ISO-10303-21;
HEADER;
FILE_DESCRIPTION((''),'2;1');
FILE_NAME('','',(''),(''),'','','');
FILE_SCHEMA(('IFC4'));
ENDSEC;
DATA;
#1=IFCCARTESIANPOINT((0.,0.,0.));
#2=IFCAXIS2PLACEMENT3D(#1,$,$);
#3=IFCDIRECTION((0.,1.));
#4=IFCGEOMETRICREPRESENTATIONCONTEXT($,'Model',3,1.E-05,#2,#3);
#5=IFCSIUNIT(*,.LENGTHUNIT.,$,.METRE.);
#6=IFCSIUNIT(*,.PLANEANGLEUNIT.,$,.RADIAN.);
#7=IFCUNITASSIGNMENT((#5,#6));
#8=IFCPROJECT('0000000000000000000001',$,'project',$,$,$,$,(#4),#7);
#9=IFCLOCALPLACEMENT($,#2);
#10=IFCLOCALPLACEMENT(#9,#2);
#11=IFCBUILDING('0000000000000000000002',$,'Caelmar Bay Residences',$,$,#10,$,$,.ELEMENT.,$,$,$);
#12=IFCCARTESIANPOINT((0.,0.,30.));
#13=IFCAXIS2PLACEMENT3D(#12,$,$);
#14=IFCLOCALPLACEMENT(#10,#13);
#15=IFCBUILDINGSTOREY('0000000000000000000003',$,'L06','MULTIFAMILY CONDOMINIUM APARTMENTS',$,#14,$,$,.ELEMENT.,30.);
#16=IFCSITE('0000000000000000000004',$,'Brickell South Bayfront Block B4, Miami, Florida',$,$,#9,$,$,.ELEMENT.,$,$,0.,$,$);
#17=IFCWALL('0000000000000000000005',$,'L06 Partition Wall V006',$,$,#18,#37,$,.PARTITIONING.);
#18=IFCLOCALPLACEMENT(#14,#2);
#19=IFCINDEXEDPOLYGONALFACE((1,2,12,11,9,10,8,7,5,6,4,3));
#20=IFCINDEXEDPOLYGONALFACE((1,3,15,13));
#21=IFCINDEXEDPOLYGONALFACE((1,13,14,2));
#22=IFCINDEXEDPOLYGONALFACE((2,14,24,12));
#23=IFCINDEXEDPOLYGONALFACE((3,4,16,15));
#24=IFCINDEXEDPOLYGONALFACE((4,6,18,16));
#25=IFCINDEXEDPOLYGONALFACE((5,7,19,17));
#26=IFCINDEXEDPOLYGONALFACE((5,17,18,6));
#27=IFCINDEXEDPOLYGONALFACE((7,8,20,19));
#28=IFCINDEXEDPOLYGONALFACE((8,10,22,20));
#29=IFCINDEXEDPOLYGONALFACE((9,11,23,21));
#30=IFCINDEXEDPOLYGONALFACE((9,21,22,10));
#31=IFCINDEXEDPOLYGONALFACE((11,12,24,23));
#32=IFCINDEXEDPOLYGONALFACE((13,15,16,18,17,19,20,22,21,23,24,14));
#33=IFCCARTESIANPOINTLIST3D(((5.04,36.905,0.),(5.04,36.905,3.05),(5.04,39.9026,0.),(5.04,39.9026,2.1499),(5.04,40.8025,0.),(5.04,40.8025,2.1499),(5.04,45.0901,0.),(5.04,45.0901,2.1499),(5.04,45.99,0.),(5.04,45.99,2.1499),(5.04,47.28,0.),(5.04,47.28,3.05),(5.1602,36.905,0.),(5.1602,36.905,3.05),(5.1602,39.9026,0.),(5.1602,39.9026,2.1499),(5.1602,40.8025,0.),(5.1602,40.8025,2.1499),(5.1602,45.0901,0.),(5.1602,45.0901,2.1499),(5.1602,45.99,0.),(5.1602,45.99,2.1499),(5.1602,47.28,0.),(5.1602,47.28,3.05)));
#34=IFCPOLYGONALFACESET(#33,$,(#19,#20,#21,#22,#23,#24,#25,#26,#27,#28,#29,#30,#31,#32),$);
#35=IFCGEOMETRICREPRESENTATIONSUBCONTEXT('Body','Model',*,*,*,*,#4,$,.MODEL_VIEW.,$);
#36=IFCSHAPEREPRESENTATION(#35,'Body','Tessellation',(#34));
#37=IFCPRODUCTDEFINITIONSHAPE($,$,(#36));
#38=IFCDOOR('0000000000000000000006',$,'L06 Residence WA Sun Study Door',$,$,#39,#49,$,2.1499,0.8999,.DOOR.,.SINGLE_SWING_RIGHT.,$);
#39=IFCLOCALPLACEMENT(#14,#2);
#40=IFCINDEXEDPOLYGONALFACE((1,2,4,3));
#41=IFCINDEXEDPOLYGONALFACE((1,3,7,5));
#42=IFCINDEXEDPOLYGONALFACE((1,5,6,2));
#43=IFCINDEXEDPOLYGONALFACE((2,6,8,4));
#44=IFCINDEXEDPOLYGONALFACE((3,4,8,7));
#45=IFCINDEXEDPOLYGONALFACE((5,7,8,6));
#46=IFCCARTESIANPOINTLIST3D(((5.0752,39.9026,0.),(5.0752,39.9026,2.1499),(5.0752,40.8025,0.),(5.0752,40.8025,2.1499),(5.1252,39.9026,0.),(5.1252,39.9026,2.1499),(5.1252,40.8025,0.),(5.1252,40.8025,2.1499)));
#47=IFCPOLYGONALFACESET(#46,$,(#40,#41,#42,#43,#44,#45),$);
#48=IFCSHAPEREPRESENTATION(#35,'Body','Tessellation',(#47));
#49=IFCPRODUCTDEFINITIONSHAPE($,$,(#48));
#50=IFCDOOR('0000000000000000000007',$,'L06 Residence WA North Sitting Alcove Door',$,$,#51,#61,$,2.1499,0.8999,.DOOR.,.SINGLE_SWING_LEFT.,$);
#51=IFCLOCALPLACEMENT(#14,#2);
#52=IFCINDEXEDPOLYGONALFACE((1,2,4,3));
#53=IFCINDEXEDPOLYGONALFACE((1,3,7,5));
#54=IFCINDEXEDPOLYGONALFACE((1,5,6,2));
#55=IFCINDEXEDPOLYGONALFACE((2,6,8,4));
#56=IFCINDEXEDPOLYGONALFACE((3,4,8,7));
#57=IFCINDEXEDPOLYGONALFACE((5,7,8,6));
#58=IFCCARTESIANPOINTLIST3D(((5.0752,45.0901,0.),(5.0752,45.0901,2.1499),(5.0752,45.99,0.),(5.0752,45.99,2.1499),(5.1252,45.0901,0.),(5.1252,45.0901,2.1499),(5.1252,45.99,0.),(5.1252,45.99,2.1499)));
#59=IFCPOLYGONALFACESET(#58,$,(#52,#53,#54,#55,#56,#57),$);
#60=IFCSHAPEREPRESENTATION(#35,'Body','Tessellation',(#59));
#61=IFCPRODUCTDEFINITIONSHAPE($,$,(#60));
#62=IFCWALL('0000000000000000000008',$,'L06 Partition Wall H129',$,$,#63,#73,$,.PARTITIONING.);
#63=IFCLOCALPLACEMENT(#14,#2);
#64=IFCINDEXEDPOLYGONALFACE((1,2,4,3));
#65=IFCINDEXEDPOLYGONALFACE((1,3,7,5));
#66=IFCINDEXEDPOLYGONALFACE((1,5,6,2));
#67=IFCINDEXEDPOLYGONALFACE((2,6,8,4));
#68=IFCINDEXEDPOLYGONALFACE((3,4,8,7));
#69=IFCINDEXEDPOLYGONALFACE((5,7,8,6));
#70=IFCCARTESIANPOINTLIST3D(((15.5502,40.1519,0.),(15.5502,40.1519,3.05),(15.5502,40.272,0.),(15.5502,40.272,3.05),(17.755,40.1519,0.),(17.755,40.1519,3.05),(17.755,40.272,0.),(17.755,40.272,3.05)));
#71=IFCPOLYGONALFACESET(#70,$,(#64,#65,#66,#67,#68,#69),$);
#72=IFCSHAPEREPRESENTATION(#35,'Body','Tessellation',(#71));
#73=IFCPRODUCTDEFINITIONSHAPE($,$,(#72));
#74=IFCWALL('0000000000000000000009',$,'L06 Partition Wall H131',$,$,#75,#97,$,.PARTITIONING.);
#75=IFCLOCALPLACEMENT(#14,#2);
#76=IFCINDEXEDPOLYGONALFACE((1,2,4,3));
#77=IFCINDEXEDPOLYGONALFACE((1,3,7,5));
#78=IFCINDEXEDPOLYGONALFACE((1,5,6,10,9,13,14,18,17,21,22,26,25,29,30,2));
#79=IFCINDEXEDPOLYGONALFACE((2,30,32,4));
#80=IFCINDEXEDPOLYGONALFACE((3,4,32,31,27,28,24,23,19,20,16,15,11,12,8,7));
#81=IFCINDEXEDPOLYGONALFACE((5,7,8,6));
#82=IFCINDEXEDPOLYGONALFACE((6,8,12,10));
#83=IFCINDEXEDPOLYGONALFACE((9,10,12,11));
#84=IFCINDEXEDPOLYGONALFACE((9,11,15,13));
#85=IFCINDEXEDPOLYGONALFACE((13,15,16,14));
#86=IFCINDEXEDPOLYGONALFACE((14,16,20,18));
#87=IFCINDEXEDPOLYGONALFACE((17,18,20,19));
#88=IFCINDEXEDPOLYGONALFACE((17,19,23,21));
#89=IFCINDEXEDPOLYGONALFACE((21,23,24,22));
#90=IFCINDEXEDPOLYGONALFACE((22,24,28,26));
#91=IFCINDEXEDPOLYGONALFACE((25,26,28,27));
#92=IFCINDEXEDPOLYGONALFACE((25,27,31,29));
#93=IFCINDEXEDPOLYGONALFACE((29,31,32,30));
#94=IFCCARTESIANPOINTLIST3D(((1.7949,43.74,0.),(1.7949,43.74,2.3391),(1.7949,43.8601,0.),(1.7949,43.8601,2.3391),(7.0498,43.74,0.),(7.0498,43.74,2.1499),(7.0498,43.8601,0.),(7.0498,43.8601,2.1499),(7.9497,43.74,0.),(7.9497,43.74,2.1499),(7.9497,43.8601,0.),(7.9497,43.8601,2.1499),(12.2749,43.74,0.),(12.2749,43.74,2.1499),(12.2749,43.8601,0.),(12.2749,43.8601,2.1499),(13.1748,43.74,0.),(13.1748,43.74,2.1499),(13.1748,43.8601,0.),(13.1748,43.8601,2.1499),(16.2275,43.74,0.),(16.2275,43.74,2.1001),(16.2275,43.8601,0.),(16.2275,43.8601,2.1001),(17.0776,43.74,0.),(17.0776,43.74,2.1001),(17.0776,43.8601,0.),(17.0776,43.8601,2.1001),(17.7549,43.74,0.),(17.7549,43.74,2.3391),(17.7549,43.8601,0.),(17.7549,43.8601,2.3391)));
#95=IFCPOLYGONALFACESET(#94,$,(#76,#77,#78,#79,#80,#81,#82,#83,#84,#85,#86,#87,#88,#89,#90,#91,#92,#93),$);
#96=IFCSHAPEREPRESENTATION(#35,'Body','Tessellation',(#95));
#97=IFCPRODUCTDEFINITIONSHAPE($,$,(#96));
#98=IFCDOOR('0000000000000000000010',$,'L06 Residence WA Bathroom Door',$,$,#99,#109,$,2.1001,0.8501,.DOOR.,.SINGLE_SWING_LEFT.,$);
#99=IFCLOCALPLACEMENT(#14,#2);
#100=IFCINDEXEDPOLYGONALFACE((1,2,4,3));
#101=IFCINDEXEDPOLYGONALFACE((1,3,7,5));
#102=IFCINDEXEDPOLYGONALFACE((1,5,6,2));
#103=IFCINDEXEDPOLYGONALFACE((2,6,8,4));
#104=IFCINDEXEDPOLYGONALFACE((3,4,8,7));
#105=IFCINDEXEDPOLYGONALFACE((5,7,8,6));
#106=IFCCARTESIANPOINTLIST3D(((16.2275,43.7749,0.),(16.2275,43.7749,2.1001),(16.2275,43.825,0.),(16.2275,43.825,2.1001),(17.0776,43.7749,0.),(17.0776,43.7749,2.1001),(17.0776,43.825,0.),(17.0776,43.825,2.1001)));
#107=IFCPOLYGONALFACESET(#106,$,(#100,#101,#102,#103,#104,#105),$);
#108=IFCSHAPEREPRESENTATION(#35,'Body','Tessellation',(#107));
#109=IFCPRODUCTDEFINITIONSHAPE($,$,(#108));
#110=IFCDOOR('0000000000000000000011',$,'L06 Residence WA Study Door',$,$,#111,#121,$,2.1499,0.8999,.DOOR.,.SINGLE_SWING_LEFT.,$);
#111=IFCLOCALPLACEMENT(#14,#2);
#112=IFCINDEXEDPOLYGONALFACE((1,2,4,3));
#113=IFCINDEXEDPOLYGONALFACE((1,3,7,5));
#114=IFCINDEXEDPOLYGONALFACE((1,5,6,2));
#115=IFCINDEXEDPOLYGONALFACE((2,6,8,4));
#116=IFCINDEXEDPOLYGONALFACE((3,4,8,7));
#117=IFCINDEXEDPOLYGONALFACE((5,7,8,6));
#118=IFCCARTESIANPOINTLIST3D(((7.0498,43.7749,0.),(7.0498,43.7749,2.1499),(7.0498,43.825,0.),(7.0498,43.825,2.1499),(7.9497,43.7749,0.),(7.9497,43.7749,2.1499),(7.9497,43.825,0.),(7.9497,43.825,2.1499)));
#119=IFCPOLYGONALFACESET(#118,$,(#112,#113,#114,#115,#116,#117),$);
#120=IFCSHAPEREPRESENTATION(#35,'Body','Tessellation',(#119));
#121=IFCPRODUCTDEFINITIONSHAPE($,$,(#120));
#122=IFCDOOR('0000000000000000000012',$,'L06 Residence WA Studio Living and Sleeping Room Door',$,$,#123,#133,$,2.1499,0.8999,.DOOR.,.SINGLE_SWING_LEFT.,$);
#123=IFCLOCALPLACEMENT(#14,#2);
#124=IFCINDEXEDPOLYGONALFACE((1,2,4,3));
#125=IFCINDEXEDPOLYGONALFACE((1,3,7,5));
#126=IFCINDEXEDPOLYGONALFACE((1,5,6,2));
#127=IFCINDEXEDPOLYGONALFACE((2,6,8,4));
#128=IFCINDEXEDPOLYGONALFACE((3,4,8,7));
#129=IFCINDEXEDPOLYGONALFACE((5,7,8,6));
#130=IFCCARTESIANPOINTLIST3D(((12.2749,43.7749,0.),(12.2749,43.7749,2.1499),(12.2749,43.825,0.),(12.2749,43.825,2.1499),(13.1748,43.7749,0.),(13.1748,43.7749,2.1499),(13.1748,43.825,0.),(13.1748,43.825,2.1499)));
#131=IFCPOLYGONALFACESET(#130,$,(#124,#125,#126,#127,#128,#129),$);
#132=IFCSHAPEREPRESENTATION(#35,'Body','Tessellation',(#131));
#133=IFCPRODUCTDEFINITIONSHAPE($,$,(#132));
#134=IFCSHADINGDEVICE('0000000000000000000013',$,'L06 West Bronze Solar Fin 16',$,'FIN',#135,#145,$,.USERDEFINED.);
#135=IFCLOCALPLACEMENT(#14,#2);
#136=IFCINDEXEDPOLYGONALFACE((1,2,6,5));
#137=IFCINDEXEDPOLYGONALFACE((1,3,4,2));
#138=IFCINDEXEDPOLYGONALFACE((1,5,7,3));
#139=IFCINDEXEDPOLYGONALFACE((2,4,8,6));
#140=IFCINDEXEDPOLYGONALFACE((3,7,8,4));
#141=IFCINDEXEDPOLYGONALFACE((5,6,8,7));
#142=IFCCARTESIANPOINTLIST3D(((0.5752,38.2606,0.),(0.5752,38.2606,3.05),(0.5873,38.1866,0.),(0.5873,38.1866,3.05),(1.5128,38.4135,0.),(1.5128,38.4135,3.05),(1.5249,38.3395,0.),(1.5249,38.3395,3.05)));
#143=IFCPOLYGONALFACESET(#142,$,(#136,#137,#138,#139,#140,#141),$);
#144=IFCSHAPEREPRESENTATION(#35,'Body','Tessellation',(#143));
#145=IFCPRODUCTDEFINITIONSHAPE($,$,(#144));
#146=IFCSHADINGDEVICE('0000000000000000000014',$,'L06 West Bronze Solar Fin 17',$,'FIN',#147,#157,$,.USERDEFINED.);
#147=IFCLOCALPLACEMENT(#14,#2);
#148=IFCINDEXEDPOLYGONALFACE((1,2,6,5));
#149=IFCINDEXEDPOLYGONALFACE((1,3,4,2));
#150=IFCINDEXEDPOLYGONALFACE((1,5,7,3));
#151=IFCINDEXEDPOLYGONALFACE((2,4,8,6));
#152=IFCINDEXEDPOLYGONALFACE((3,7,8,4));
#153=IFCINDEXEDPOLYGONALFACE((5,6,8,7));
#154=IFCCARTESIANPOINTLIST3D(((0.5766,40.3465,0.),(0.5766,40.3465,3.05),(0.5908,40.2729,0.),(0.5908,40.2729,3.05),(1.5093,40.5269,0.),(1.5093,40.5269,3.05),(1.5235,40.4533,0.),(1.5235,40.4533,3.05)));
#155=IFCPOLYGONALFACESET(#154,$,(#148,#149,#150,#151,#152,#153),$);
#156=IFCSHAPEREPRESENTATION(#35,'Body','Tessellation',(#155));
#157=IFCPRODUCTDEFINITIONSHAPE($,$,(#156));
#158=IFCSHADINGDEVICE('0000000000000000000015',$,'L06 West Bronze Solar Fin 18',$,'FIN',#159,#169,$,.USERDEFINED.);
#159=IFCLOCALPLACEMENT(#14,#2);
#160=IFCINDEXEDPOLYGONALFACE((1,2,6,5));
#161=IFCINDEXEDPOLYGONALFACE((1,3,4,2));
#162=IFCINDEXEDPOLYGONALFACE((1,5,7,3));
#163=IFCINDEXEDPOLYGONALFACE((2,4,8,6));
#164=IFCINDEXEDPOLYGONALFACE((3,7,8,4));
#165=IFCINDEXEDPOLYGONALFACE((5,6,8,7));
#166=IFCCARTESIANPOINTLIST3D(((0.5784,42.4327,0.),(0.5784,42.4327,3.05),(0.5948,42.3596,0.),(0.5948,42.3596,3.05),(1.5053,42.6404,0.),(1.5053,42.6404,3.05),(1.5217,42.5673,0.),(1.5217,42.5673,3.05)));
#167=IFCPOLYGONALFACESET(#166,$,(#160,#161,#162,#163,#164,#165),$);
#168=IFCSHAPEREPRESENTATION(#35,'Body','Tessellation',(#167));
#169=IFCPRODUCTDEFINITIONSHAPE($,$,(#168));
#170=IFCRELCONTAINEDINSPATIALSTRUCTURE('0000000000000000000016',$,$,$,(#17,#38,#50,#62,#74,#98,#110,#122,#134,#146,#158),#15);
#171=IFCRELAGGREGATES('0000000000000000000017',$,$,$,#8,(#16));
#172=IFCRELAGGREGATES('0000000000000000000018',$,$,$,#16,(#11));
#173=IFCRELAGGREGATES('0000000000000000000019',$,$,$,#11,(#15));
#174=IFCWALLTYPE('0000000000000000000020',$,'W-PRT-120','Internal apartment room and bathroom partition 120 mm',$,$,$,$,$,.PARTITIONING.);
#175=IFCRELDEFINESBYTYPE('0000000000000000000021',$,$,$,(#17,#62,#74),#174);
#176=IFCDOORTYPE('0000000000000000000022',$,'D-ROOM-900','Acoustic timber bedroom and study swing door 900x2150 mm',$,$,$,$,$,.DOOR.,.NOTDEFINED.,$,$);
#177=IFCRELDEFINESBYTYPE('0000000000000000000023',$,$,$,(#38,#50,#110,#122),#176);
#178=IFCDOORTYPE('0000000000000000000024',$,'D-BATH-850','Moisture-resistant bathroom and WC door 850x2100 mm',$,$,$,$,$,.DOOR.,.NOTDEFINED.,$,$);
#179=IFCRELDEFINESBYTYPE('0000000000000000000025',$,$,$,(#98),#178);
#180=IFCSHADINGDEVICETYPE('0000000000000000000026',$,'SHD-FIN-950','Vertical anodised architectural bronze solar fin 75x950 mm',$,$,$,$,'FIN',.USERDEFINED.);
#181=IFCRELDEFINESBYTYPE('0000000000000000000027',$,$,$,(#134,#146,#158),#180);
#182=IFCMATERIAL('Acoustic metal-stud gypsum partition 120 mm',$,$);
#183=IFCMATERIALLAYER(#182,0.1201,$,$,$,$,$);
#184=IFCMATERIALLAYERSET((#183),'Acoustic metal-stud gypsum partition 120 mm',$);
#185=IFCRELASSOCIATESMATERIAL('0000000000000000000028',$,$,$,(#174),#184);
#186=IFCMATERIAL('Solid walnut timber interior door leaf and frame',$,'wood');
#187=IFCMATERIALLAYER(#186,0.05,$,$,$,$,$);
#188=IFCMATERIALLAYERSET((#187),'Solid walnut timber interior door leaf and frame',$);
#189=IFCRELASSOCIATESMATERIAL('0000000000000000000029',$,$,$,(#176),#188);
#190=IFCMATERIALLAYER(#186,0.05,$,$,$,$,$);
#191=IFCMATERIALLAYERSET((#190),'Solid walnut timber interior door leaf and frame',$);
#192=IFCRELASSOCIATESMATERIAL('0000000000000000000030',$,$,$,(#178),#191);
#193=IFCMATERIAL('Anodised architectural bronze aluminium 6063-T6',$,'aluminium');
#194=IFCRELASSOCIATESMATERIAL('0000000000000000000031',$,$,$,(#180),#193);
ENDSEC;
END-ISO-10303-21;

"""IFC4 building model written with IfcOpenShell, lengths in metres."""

from ifc_helpers import new_model, si_unit, direction, frame, frame_2d, origin, origin_2d, place, context, subcontext, project, spatial, rectangle, extrude, material, layer, layer_set, material_profile, profile_set, type_object, element, fill, save


model = new_model("IFC4")

# Units and contexts
model_context = context("Model", 3, precision=1e-05, world=origin(), true_north=direction((0.0, 1.0)))
body_context = subcontext(model_context, "Body", "Model", "MODEL_VIEW")
ifc_project = project(units=[si_unit("LENGTHUNIT", "METRE"), si_unit("PLANEANGLEUNIT", "RADIAN")], contexts=[model_context])

# Site, building, storey
site_placement = place(None, origin())
site = spatial("IfcSite", under=ifc_project, at=site_placement, Name="Brickell South Bayfront Block B4, Miami, Florida", CompositionType="ELEMENT", RefElevation=0.0)
building_placement = place(site_placement, origin())
building = spatial("IfcBuilding", under=site, at=building_placement, Name="Caelmar Bay Residences", CompositionType="ELEMENT")
storey_placement = place(building_placement, frame((0.0, 0.0, 30.0)))
storey = spatial("IfcBuildingStorey", under=building, at=storey_placement, Name="L06", Description="MULTIFAMILY CONDOMINIUM APARTMENTS", CompositionType="ELEMENT", Elevation=30.0)

# Wall, openings, doors
ifc_material_1 = material(Name="Acoustic metal-stud gypsum partition 120 mm")
ifc_layer_1 = layer(ifc_material_1, 0.1201)
ifc_layer_set_1 = layer_set([ifc_layer_1], Name="Acoustic metal-stud gypsum partition 120 mm")
wall_type_1 = type_object("IfcWallType", Name="W-PRT-120", Description="Internal apartment room and bathroom partition 120 mm", PredefinedType="PARTITIONING", material=ifc_layer_set_1)
wall_1_placement = place(storey_placement, frame((5.1001, 36.905, 0.0), z_axis=(0.0, 0.0, 1.0), x_axis=(0.0, 1.0, 0.0)))
wall_1 = element("IfcWall", 1, at=wall_1_placement, inside=storey, type_object=wall_type_1, Name="L06 Partition Wall V006", PredefinedType="PARTITIONING", context=body_context, shape_type="SweptSolid", body=[
    extrude(rectangle(XDim=10.375, YDim=0.1201, at=frame_2d((5.1875, 0.0))), origin(), (0.0, 0.0, 1.0), 3.05),
])
opening_1_placement = place(wall_1_placement, frame((2.9976, 0.0, 0.0)))
opening_1 = element("IfcOpeningElement", 2, at=opening_1_placement, cuts=wall_1, PredefinedType="OPENING", context=body_context, shape_type="SweptSolid", body=[
    extrude(rectangle(XDim=0.8999, YDim=2.1499, at=frame_2d((0.45, 1.075))), frame((0.0, 0.0701, 0.0), z_axis=(0.0, -1.0, 0.0), x_axis=(1.0, 0.0, 0.0)), (0.0, 0.0, 1.0), 0.1401),
])
opening_2_placement = place(wall_1_placement, frame((8.1851, 0.0, 0.0)))
opening_2 = element("IfcOpeningElement", 3, at=opening_2_placement, cuts=wall_1, PredefinedType="OPENING", context=body_context, shape_type="SweptSolid", body=[
    extrude(rectangle(XDim=0.8999, YDim=2.1499, at=frame_2d((0.45, 1.075))), frame((0.0, 0.0701, 0.0), z_axis=(0.0, -1.0, 0.0), x_axis=(1.0, 0.0, 0.0)), (0.0, 0.0, 1.0), 0.1401),
])
ifc_material_2 = material(Name="Solid walnut timber interior door leaf and frame", Category="wood")
ifc_layer_2 = layer(ifc_material_2, 0.05)
ifc_layer_set_2 = layer_set([ifc_layer_2], Name="Solid walnut timber interior door leaf and frame")
door_type_1 = type_object("IfcDoorType", Name="D-ROOM-900", Description="Acoustic timber bedroom and study swing door 900x2150 mm", OperationType="NOTDEFINED", PredefinedType="DOOR", material=ifc_layer_set_2)
door_1_placement = place(opening_1_placement, origin())
door_1 = element("IfcDoor", 4, at=door_1_placement, inside=storey, type_object=door_type_1, Name="L06 Residence WA Sun Study Door", OperationType="SINGLE_SWING_RIGHT", OverallHeight=2.1499, OverallWidth=0.8999, PredefinedType="DOOR", context=body_context, shape_type="SweptSolid", body=[
    extrude(rectangle(XDim=0.8999, YDim=2.1499, at=frame_2d((0.45, 1.075))), frame((0.0, 0.0249, 0.0), z_axis=(0.0, -1.0, 0.0), x_axis=(1.0, 0.0, 0.0)), (0.0, 0.0, 1.0), 0.05),
])
fill(opening_1, door_1)
door_2_placement = place(opening_2_placement, origin())
door_2 = element("IfcDoor", 5, at=door_2_placement, inside=storey, type_object=door_type_1, Name="L06 Residence WA North Sitting Alcove Door", OperationType="SINGLE_SWING_LEFT", OverallHeight=2.1499, OverallWidth=0.8999, PredefinedType="DOOR", context=body_context, shape_type="SweptSolid", body=[
    extrude(rectangle(XDim=0.8999, YDim=2.1499, at=frame_2d((0.45, 1.075))), frame((0.0, 0.0249, 0.0), z_axis=(0.0, -1.0, 0.0), x_axis=(1.0, 0.0, 0.0)), (0.0, 0.0, 1.0), 0.05),
])
fill(opening_2, door_2)

# Wall
wall_2_placement = place(storey_placement, frame((15.55, 40.2119, 0.0), z_axis=(0.0, 0.0, 1.0), x_axis=(1.0, 0.0, 0.0)))
element("IfcWall", 6, at=wall_2_placement, inside=storey, type_object=wall_type_1, Name="L06 Partition Wall H129", PredefinedType="PARTITIONING", context=body_context, shape_type="SweptSolid", body=[
    extrude(rectangle(XDim=2.2048, YDim=0.1201, at=frame_2d((1.1025, 0.0))), origin(), (0.0, 0.0, 1.0), 3.05),
])

# Wall, openings, doors
wall_3_placement = place(storey_placement, frame((1.7949, 43.8, 0.0), z_axis=(0.0, 0.0, 1.0), x_axis=(1.0, 0.0, 0.0)))
wall_3 = element("IfcWall", 7, at=wall_3_placement, inside=storey, type_object=wall_type_1, Name="L06 Partition Wall H131", PredefinedType="PARTITIONING", context=body_context, shape_type="SweptSolid", body=[
    extrude(rectangle(XDim=15.96, YDim=0.1201, at=frame_2d((7.98, 0.0))), origin(), (0.0, 0.0, 1.0), 2.3391),
])
opening_3_placement = place(wall_3_placement, frame((5.2549, 0.0, 0.0)))
opening_3 = element("IfcOpeningElement", 8, at=opening_3_placement, cuts=wall_3, PredefinedType="OPENING", context=body_context, shape_type="SweptSolid", body=[
    extrude(rectangle(XDim=0.8999, YDim=2.1499, at=frame_2d((0.45, 1.075))), frame((0.0, 0.0701, 0.0), z_axis=(0.0, -1.0, 0.0), x_axis=(1.0, 0.0, 0.0)), (0.0, 0.0, 1.0), 0.1401),
])
opening_4_placement = place(wall_3_placement, frame((10.48, 0.0, 0.0)))
opening_4 = element("IfcOpeningElement", 9, at=opening_4_placement, cuts=wall_3, PredefinedType="OPENING", context=body_context, shape_type="SweptSolid", body=[
    extrude(rectangle(XDim=0.8999, YDim=2.1499, at=frame_2d((0.45, 1.075))), frame((0.0, 0.0701, 0.0), z_axis=(0.0, -1.0, 0.0), x_axis=(1.0, 0.0, 0.0)), (0.0, 0.0, 1.0), 0.1401),
])
opening_5_placement = place(wall_3_placement, frame((14.4326, 0.0, 0.0)))
opening_5 = element("IfcOpeningElement", 10, at=opening_5_placement, cuts=wall_3, PredefinedType="OPENING", context=body_context, shape_type="SweptSolid", body=[
    extrude(rectangle(XDim=0.8501, YDim=2.1001, at=frame_2d((0.425, 1.05))), frame((0.0, 0.0701, 0.0), z_axis=(0.0, -1.0, 0.0), x_axis=(1.0, 0.0, 0.0)), (0.0, 0.0, 1.0), 0.1401),
])
ifc_layer_3 = layer(ifc_material_2, 0.05)
ifc_layer_set_3 = layer_set([ifc_layer_3], Name="Solid walnut timber interior door leaf and frame")
door_type_2 = type_object("IfcDoorType", Name="D-BATH-850", Description="Moisture-resistant bathroom and WC door 850x2100 mm", OperationType="NOTDEFINED", PredefinedType="DOOR", material=ifc_layer_set_3)
door_3_placement = place(opening_5_placement, origin())
door_3 = element("IfcDoor", 11, at=door_3_placement, inside=storey, type_object=door_type_2, Name="L06 Residence WA Bathroom Door", OperationType="SINGLE_SWING_LEFT", OverallHeight=2.1001, OverallWidth=0.8501, PredefinedType="DOOR", context=body_context, shape_type="SweptSolid", body=[
    extrude(rectangle(XDim=0.8501, YDim=2.1001, at=frame_2d((0.425, 1.05))), frame((0.0, 0.0249, 0.0), z_axis=(0.0, -1.0, 0.0), x_axis=(1.0, 0.0, 0.0)), (0.0, 0.0, 1.0), 0.05),
])
fill(opening_5, door_3)
door_4_placement = place(opening_3_placement, origin())
door_4 = element("IfcDoor", 12, at=door_4_placement, inside=storey, type_object=door_type_1, Name="L06 Residence WA Study Door", OperationType="SINGLE_SWING_LEFT", OverallHeight=2.1499, OverallWidth=0.8999, PredefinedType="DOOR", context=body_context, shape_type="SweptSolid", body=[
    extrude(rectangle(XDim=0.8999, YDim=2.1499, at=frame_2d((0.45, 1.075))), frame((0.0, 0.0249, 0.0), z_axis=(0.0, -1.0, 0.0), x_axis=(1.0, 0.0, 0.0)), (0.0, 0.0, 1.0), 0.05),
])
fill(opening_3, door_4)
door_5_placement = place(opening_4_placement, origin())
door_5 = element("IfcDoor", 13, at=door_5_placement, inside=storey, type_object=door_type_1, Name="L06 Residence WA Studio Living and Sleeping Room Door", OperationType="SINGLE_SWING_LEFT", OverallHeight=2.1499, OverallWidth=0.8999, PredefinedType="DOOR", context=body_context, shape_type="SweptSolid", body=[
    extrude(rectangle(XDim=0.8999, YDim=2.1499, at=frame_2d((0.45, 1.075))), frame((0.0, 0.0249, 0.0), z_axis=(0.0, -1.0, 0.0), x_axis=(1.0, 0.0, 0.0)), (0.0, 0.0, 1.0), 0.05),
])
fill(opening_4, door_5)

# Shading devices
ifc_material_3 = material(Name="Anodised architectural bronze aluminium 6063-T6", Category="aluminium")
ifc_material_profile_1 = material_profile(ifc_material_3, rectangle(XDim=0.075, YDim=0.95, at=origin_2d()), Name="BRONZE-FIN-75X950")
ifc_profile_set_1 = profile_set([ifc_material_profile_1], Name="Anodised architectural bronze aluminium 6063-T6")
shading_device_type = type_object("IfcShadingDeviceType", Name="SHD-FIN-950", Description="Vertical anodised architectural bronze solar fin 75x950 mm", ElementType="FIN", PredefinedType="USERDEFINED", material=ifc_profile_set_1)
for number, where, z_axis, x_axis, name in (
    (14, (1.05, 38.3, 0.0), (0.0, 0.0, 1.0), (-0.160915, 0.986968, 0.0), "L06 West Bronze Solar Fin 16"),
    (15, (1.05, 40.3999, 0.0), (0.0, 0.0, 1.0), (-0.189952, 0.981793, 0.0), "L06 West Bronze Solar Fin 17"),
    (16, (1.05, 42.5, 0.0), (0.0, 0.0, 1.0), (-0.218654, 0.975802, 0.0), "L06 West Bronze Solar Fin 18"),
):
    element("IfcShadingDevice", number, at=place(storey_placement, frame(where, z_axis=z_axis, x_axis=x_axis)), inside=storey, type_object=shading_device_type, Name=name, ObjectType="FIN", PredefinedType="USERDEFINED", context=body_context, shape_type="SweptSolid", body=[
        extrude(rectangle(XDim=0.075, YDim=0.95, at=origin_2d()), origin(), (0.0, 0.0, 1.0), 3.05),
    ])

save(model, "model.ifc")
